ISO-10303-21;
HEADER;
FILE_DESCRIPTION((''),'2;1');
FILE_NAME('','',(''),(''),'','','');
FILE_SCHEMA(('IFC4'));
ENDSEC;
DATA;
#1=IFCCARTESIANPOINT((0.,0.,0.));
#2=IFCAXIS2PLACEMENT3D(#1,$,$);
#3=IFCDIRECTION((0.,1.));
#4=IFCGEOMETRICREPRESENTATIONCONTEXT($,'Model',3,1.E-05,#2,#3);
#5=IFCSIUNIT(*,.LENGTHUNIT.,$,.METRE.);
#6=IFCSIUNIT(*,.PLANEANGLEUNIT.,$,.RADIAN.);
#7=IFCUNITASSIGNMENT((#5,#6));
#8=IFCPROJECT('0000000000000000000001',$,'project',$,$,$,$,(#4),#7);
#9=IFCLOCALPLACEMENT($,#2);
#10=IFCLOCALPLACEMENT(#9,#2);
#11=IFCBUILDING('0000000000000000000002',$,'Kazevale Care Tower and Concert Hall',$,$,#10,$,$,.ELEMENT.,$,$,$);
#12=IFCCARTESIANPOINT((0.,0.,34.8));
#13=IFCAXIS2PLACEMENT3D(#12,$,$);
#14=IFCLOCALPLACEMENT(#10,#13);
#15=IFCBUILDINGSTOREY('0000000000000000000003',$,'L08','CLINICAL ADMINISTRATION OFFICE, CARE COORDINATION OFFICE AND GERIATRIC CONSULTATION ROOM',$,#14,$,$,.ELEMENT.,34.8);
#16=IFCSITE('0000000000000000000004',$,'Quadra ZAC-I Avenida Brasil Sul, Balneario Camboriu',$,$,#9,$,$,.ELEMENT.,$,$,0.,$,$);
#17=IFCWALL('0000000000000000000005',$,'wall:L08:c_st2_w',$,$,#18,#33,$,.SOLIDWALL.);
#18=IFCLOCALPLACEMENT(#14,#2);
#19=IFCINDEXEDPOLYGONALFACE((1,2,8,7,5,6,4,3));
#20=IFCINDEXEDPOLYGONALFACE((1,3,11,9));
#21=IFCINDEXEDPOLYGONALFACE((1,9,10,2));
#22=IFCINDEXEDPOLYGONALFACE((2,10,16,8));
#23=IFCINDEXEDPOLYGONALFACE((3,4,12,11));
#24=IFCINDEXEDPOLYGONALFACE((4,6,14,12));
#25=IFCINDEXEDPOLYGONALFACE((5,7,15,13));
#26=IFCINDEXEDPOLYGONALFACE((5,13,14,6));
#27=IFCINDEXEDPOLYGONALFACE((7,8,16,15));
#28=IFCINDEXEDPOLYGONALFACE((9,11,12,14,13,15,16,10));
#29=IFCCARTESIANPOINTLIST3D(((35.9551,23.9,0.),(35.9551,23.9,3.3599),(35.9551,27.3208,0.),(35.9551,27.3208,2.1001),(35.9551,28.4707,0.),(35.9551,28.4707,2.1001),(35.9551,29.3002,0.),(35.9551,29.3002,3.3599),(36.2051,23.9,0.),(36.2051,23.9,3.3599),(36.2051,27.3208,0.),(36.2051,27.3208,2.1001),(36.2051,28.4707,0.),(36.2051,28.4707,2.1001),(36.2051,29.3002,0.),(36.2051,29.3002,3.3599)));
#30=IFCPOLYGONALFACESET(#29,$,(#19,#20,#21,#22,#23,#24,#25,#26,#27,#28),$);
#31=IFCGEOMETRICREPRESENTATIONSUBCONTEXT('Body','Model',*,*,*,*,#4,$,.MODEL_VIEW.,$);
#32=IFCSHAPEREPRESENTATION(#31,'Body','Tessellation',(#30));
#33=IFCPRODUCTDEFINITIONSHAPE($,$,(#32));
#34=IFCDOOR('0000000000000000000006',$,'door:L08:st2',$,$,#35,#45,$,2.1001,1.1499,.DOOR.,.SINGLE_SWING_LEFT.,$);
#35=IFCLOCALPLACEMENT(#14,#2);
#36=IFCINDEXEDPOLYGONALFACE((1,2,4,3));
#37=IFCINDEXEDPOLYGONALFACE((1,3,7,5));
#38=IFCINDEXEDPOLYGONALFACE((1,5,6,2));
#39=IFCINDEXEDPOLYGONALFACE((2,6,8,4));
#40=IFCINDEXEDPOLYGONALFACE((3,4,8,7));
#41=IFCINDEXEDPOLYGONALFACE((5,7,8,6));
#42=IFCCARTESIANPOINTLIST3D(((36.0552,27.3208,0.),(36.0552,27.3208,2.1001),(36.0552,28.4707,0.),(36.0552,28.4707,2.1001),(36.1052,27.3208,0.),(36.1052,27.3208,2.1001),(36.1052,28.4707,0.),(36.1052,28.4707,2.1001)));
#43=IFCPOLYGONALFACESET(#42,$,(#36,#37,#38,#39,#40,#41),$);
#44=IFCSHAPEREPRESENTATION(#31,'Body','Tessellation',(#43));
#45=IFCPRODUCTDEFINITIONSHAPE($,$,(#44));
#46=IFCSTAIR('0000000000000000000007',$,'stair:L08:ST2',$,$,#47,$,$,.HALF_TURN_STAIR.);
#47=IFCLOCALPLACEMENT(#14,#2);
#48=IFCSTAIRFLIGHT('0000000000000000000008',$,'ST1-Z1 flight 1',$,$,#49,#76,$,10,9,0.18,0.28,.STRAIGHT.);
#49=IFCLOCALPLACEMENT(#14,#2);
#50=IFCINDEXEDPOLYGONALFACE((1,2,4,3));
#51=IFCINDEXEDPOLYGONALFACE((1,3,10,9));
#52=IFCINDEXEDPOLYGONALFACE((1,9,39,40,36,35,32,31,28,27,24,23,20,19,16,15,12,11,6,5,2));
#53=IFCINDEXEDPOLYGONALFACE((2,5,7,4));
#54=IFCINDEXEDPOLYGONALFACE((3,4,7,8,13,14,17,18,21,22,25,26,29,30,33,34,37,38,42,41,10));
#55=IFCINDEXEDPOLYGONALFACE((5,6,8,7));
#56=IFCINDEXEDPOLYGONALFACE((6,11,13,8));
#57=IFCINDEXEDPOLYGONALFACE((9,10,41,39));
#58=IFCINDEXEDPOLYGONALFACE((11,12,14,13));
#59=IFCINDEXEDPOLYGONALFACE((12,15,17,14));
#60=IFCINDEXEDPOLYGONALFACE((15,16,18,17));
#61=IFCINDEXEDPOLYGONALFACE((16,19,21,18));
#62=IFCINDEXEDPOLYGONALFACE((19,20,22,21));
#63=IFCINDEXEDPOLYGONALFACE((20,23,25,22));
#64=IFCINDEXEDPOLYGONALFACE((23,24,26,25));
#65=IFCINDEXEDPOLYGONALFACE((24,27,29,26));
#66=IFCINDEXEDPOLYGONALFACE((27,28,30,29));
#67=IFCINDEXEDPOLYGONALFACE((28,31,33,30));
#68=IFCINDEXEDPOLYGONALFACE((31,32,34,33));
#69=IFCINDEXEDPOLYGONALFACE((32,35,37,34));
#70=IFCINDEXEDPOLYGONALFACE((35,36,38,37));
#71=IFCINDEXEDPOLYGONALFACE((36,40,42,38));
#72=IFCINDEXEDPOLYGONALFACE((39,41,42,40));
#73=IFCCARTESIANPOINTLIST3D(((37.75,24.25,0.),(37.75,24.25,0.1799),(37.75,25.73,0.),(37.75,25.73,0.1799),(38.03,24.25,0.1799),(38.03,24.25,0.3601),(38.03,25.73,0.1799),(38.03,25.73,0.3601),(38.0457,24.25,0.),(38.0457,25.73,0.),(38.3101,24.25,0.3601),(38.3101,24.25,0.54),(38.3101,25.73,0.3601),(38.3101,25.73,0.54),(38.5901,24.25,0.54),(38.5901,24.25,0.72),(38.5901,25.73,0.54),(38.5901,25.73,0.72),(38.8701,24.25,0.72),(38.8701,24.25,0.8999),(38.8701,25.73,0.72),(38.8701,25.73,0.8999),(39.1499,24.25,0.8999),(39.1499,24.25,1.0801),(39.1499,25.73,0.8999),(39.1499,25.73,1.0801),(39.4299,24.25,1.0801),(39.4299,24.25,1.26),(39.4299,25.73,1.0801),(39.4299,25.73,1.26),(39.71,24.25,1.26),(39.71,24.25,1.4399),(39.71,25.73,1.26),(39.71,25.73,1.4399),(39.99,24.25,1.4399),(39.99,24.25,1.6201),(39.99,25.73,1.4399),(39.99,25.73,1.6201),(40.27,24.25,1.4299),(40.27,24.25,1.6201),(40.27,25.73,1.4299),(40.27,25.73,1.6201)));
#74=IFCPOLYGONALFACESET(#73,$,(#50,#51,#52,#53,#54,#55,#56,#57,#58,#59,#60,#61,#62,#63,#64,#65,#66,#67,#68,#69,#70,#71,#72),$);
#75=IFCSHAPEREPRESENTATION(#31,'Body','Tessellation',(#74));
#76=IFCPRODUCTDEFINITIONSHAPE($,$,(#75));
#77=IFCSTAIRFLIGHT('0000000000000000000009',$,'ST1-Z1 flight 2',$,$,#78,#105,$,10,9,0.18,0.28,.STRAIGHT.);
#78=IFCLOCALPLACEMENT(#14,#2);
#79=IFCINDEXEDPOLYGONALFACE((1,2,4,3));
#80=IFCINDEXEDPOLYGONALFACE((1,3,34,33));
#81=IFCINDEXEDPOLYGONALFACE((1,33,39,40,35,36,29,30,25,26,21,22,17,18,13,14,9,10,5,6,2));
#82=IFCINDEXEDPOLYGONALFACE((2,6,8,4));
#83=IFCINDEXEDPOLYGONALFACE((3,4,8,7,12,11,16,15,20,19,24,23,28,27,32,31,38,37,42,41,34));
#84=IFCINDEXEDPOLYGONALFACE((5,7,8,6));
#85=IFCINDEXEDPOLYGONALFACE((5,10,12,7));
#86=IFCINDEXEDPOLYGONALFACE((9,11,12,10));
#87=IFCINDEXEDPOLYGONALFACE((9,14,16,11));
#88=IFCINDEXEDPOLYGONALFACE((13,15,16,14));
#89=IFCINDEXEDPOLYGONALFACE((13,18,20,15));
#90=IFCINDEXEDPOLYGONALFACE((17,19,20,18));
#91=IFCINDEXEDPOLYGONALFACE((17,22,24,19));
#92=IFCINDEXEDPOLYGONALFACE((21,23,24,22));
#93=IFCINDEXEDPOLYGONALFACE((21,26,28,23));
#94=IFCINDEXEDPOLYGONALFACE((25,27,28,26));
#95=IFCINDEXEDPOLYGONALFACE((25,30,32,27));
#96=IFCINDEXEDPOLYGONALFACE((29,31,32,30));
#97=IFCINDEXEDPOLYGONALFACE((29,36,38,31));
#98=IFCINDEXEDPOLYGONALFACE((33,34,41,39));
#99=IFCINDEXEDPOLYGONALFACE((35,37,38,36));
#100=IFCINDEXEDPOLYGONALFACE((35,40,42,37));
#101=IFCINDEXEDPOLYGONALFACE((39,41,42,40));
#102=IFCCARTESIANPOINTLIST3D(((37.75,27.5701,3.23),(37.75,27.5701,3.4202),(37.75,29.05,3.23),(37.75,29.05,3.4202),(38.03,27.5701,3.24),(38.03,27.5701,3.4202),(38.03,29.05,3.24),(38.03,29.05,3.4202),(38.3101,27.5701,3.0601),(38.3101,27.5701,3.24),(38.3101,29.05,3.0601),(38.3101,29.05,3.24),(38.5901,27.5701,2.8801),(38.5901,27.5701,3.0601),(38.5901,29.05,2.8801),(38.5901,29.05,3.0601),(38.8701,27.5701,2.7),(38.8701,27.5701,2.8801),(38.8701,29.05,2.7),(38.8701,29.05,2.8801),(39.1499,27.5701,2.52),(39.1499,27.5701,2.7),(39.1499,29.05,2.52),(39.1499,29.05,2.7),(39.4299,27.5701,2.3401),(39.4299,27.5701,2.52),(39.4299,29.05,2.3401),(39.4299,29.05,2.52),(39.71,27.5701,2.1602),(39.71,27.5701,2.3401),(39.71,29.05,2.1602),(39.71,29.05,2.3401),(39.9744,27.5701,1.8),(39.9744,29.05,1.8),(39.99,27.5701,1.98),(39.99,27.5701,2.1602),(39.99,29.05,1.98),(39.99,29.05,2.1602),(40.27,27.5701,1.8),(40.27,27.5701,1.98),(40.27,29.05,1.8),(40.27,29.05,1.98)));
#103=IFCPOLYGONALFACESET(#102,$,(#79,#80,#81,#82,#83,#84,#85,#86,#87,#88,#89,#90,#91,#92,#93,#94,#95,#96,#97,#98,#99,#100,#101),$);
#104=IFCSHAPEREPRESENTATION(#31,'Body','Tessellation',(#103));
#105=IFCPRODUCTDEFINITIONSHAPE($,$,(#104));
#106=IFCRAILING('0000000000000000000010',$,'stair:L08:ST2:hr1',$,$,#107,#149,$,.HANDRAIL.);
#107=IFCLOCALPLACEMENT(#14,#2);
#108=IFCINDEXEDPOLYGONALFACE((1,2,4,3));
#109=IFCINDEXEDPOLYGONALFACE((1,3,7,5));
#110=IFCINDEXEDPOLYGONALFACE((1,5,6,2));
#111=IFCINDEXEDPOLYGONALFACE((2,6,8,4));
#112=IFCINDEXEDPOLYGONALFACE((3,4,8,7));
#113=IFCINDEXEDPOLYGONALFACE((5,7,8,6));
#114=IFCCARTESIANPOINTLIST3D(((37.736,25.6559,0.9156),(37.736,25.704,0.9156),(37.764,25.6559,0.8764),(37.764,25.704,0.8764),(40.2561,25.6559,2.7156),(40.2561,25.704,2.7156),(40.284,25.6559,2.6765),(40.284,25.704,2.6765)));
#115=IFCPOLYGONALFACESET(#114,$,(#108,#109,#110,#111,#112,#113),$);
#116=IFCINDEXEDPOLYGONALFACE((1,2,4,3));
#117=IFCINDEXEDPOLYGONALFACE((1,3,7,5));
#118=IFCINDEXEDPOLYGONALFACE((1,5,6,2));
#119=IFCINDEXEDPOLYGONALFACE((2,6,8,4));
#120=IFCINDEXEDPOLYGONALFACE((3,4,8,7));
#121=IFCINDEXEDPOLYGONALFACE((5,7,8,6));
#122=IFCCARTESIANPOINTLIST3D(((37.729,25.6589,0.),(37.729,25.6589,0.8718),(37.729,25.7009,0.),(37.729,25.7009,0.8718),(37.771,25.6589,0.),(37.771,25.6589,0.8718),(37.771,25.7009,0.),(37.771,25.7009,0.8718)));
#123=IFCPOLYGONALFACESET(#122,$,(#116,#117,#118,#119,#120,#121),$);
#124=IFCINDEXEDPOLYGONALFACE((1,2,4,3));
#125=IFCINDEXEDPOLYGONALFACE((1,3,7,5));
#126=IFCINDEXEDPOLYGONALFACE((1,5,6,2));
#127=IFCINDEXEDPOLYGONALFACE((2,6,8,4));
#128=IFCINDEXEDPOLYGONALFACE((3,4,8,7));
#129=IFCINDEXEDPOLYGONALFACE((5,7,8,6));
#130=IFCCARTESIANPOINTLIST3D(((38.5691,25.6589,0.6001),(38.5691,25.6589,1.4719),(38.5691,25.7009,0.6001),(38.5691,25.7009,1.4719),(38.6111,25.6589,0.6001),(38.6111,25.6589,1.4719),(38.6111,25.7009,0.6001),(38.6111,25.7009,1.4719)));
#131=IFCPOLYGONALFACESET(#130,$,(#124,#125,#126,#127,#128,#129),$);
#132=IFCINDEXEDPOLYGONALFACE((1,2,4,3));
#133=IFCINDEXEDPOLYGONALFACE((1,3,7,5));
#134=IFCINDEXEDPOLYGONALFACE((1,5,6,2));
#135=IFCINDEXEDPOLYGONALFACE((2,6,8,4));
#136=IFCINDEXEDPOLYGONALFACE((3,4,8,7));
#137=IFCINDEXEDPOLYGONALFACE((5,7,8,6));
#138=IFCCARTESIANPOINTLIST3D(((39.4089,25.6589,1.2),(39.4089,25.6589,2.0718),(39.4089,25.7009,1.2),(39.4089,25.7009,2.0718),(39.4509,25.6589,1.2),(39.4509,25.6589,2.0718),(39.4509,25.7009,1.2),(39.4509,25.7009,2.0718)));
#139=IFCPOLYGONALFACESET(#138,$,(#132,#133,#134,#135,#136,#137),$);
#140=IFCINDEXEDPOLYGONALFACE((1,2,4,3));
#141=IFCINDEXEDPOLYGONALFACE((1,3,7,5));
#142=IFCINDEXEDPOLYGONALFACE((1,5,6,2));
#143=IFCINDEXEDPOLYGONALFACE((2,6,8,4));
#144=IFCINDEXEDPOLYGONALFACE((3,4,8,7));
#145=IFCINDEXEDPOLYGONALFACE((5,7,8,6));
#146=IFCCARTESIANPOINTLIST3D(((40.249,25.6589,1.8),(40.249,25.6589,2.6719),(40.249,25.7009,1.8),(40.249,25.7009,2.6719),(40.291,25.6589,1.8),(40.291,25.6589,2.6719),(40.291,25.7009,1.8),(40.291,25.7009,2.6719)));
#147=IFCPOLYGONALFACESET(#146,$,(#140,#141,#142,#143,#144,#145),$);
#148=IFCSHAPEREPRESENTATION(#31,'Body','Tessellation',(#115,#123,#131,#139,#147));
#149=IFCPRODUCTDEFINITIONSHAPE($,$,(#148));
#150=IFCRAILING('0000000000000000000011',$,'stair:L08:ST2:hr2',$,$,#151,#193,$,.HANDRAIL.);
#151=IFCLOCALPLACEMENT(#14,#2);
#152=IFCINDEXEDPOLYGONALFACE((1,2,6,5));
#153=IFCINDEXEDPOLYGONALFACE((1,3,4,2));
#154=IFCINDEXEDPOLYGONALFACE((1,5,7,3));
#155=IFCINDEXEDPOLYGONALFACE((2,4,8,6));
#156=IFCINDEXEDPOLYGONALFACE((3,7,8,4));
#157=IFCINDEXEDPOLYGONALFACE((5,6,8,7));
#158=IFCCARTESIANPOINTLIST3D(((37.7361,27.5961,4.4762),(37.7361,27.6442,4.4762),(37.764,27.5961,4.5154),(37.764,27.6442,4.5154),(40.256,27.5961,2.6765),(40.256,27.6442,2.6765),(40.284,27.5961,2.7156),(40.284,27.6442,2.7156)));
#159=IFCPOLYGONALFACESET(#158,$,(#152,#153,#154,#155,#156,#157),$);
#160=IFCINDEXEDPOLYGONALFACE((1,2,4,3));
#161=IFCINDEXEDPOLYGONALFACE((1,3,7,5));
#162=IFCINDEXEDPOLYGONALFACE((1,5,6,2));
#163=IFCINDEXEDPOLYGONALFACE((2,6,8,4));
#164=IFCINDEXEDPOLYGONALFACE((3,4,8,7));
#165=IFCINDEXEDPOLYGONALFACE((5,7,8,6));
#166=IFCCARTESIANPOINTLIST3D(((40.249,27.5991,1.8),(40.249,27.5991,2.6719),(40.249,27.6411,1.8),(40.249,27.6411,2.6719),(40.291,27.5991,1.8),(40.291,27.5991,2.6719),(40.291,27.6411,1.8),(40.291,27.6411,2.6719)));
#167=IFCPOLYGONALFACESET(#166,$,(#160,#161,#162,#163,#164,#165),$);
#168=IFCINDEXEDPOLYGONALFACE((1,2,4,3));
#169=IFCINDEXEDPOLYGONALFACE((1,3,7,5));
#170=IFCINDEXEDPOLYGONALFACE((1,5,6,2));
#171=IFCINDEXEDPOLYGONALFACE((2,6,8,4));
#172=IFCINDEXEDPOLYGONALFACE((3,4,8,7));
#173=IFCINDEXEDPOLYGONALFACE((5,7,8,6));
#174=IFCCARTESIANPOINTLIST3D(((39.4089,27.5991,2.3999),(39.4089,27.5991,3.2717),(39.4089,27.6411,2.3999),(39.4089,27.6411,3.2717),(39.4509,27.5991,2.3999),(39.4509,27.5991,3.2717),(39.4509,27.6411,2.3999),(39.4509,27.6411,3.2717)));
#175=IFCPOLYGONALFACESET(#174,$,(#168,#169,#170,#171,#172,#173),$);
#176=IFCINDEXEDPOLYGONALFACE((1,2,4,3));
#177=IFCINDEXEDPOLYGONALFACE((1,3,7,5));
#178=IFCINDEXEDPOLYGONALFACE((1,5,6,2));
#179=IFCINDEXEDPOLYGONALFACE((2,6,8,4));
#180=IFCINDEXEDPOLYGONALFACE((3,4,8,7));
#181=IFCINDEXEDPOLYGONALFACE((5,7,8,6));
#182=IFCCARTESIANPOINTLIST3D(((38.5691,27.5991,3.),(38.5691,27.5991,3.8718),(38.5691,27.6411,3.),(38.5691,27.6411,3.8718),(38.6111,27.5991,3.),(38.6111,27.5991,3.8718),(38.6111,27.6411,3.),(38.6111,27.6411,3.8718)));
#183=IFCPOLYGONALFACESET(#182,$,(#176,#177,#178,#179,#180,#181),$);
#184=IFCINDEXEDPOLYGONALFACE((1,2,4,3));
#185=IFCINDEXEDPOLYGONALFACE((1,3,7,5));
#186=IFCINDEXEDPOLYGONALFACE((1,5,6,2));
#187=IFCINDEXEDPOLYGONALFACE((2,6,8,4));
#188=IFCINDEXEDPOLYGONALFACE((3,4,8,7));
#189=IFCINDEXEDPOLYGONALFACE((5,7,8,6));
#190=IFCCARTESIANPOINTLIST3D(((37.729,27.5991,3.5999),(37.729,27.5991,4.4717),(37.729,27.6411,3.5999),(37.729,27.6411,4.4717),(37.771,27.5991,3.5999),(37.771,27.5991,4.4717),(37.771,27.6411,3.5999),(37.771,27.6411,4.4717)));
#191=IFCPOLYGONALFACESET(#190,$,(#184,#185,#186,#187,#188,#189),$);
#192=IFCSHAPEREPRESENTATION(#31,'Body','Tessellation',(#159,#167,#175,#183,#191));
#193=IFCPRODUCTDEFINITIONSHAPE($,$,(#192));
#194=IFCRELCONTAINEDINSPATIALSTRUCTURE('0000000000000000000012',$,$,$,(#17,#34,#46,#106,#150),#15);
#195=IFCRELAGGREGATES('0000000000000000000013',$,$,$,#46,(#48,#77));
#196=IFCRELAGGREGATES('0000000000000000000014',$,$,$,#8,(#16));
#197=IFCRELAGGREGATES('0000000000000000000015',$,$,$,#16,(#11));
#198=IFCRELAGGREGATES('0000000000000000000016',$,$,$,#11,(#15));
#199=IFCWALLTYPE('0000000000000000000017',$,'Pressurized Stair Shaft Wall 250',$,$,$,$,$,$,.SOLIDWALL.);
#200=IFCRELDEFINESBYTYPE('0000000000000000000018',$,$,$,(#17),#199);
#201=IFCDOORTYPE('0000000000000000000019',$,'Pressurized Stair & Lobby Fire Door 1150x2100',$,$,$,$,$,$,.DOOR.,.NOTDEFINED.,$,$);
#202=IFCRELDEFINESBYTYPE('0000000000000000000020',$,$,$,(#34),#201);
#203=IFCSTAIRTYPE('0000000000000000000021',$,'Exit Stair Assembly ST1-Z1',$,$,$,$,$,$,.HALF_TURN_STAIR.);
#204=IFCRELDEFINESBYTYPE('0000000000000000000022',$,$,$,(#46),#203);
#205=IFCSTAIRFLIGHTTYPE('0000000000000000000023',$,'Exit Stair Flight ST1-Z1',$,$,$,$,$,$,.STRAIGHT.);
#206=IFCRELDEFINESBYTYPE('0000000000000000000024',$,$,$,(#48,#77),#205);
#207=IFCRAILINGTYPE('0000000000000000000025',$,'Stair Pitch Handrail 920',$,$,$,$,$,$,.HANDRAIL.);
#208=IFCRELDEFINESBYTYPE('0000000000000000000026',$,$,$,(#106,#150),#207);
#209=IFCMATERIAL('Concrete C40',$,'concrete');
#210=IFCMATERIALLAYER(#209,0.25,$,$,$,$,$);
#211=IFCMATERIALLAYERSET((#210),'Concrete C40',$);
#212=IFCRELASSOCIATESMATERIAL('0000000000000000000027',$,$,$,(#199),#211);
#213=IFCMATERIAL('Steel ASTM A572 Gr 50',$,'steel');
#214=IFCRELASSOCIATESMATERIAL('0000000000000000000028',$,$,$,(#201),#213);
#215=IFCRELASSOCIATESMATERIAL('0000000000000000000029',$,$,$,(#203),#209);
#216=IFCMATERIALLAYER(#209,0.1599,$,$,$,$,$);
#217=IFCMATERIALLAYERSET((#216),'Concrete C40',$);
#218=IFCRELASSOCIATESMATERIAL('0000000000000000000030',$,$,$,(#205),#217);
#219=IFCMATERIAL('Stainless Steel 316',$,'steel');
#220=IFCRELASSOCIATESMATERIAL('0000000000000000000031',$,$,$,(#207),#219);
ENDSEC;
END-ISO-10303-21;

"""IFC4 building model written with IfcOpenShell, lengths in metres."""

from ifc_helpers import new_model, si_unit, direction, frame, frame_2d, origin, origin_2d, place, context, subcontext, project, spatial, polyline, rectangle, outline, extrude, material, layer, layer_set, type_object, element, fill, aggregate, save


model = new_model("IFC4")

# Units and contexts
model_context = context("Model", 3, precision=1e-05, world=origin(), true_north=direction((0.0, 1.0)))
body_context = subcontext(model_context, "Body", "Model", "MODEL_VIEW")
ifc_project = project(units=[si_unit("LENGTHUNIT", "METRE"), si_unit("PLANEANGLEUNIT", "RADIAN")], contexts=[model_context])

# Site, building, storey
site_placement = place(None, origin())
site = spatial("IfcSite", under=ifc_project, at=site_placement, Name="Quadra ZAC-I Avenida Brasil Sul, Balneario Camboriu", CompositionType="ELEMENT", RefElevation=0.0)
building_placement = place(site_placement, origin())
building = spatial("IfcBuilding", under=site, at=building_placement, Name="Kazevale Care Tower and Concert Hall", CompositionType="ELEMENT")
storey_placement = place(building_placement, frame((0.0, 0.0, 34.8)))
storey = spatial("IfcBuildingStorey", under=building, at=storey_placement, Name="L08", Description="CLINICAL ADMINISTRATION OFFICE, CARE COORDINATION OFFICE AND GERIATRIC CONSULTATION ROOM", CompositionType="ELEMENT", Elevation=34.8)

# Shared definitions
ifc_material_1 = material(Name="Steel ASTM A572 Gr 50", Category="steel")

# Wall, opening, door
ifc_material_2 = material(Name="Concrete C40", Category="concrete")
ifc_layer_1 = layer(ifc_material_2, 0.25)
ifc_layer_set_1 = layer_set([ifc_layer_1], Name="Concrete C40")
wall_type_1 = type_object("IfcWallType", Name="Pressurized Stair Shaft Wall 250", PredefinedType="SOLIDWALL", material=ifc_layer_set_1)
wall_1_placement = place(storey_placement, frame((36.0801, 23.8999, 0.0), z_axis=(0.0, 0.0, 1.0), x_axis=(0.0, 1.0, 0.0)))
wall_1 = element("IfcWall", 1, at=wall_1_placement, inside=storey, type_object=wall_type_1, Name="wall:L08:c_st2_w", PredefinedType="SOLIDWALL", context=body_context, shape_type="SweptSolid", body=[
    extrude(rectangle(XDim=5.4001, YDim=0.25, at=frame_2d((2.7002, 0.0))), origin(), (0.0, 0.0, 1.0), 3.3599),
])
opening_1_placement = place(wall_1_placement, frame((3.4209, 0.0, 0.0)))
opening_1 = element("IfcOpeningElement", 2, at=opening_1_placement, cuts=wall_1, PredefinedType="OPENING", context=body_context, shape_type="SweptSolid", body=[
    extrude(rectangle(XDim=1.1499, YDim=2.1001, at=frame_2d((0.575, 1.05))), frame((0.0, 0.135, 0.0), z_axis=(0.0, -1.0, 0.0), x_axis=(1.0, 0.0, 0.0)), (0.0, 0.0, 1.0), 0.27),
])
door_type_1 = type_object("IfcDoorType", Name="Pressurized Stair & Lobby Fire Door 1150x2100", OperationType="NOTDEFINED", PredefinedType="DOOR", material=ifc_material_1)
door_1_placement = place(opening_1_placement, origin())
door_1 = element("IfcDoor", 3, at=door_1_placement, inside=storey, type_object=door_type_1, Name="door:L08:st2", OperationType="SINGLE_SWING_LEFT", OverallHeight=2.1001, OverallWidth=1.1499, PredefinedType="DOOR", context=body_context, shape_type="SweptSolid", body=[
    extrude(rectangle(XDim=1.1499, YDim=2.1001, at=frame_2d((0.575, 1.05))), frame((0.0, 0.0249, 0.0), z_axis=(0.0, -1.0, 0.0), x_axis=(1.0, 0.0, 0.0)), (0.0, 0.0, 1.0), 0.05),
])
fill(opening_1, door_1)

# Stair, stair flights
stair_type = type_object("IfcStairType", Name="Exit Stair Assembly ST1-Z1", PredefinedType="HALF_TURN_STAIR", material=ifc_material_2)
stair_placement = place(storey_placement, origin())
stair = element("IfcStair", 4, at=stair_placement, inside=storey, type_object=stair_type, Name="stair:L08:ST2", PredefinedType="HALF_TURN_STAIR")
ifc_layer_2 = layer(ifc_material_2, 0.1599)
ifc_layer_set_2 = layer_set([ifc_layer_2], Name="Concrete C40")
stair_flight_type = type_object("IfcStairFlightType", Name="Exit Stair Flight ST1-Z1", PredefinedType="STRAIGHT", material=ifc_layer_set_2)
stair_flight_1_placement = place(storey_placement, frame((37.75, 24.99, 0.0), z_axis=(0.0, 0.0, 1.0), x_axis=(1.0, 0.0, 0.0)))
stair_flight_1 = element("IfcStairFlight", 5, at=stair_flight_1_placement, type_object=stair_flight_type, Name="ST1-Z1 flight 1", NumberOfRisers=10, NumberOfTreads=9, PredefinedType="STRAIGHT", RiserHeight=0.18, TreadLength=0.28, context=body_context, shape_type="SweptSolid", body=[
    extrude(outline(polyline([(0.0, 0.0), (0.0, 0.1799), (0.28, 0.1799), (0.28, 0.3601), (0.5601, 0.3601), (0.5601, 0.54), (0.8401, 0.54), (0.8401, 0.72), (1.1201, 0.72), (1.1201, 0.8999), (1.3999, 0.8999), (1.3999, 1.0801), (1.6799, 1.0801), (1.6799, 1.26), (1.96, 1.26), (1.96, 1.4399), (2.24, 1.4399), (2.24, 1.6201), (2.52, 1.6201), (2.52, 1.8), (2.52, 1.4299), (0.2957, 0.0), (0.0, 0.0)])), frame((0.0, 0.74, 0.0), z_axis=(0.0, -1.0, 0.0), x_axis=(1.0, 0.0, 0.0)), (0.0, 0.0, 1.0), 1.48),
])
stair_flight_2_placement = place(storey_placement, frame((40.27, 28.3101, 1.8), z_axis=(0.0, 0.0, 1.0), x_axis=(-1.0, 0.0, 0.0)))
stair_flight_2 = element("IfcStairFlight", 6, at=stair_flight_2_placement, type_object=stair_flight_type, Name="ST1-Z1 flight 2", NumberOfRisers=10, NumberOfTreads=9, PredefinedType="STRAIGHT", RiserHeight=0.18, TreadLength=0.28, context=body_context, shape_type="SweptSolid", body=[
    extrude(outline(polyline([(0.0, 0.0), (0.0, 0.1799), (0.28, 0.1799), (0.28, 0.3601), (0.5601, 0.3601), (0.5601, 0.54), (0.8401, 0.54), (0.8401, 0.72), (1.1201, 0.72), (1.1201, 0.8999), (1.3999, 0.8999), (1.3999, 1.0801), (1.6799, 1.0801), (1.6799, 1.26), (1.96, 1.26), (1.96, 1.4399), (2.24, 1.4399), (2.24, 1.6201), (2.52, 1.6201), (2.52, 1.8), (2.52, 1.4299), (0.2957, 0.0), (0.0, 0.0)])), frame((0.0, 0.74, 0.0), z_axis=(0.0, -1.0, 0.0), x_axis=(1.0, 0.0, 0.0)), (0.0, 0.0, 1.0), 1.48),
])
aggregate(stair, [stair_flight_1, stair_flight_2])

# Railings
ifc_material_3 = material(Name="Stainless Steel 316", Category="steel")
railing_type_1 = type_object("IfcRailingType", Name="Stair Pitch Handrail 920", PredefinedType="HANDRAIL", material=ifc_material_3)
railing_1_placement = place(storey_placement, frame((37.75, 25.6799, 0.0)))
element("IfcRailing", 7, at=railing_1_placement, inside=storey, type_object=railing_type_1, Name="stair:L08:ST2:hr1", PredefinedType="HANDRAIL", context=body_context, shape_type="SweptSolid", body=[
    extrude(rectangle(XDim=0.0481, YDim=0.0481, at=origin_2d()), frame((0.0, 0.0, 0.896), z_axis=(0.813728, 0.0, 0.581246), x_axis=(0.0, 1.0, 0.0)), (0.0, 0.0, 1.0), 3.0969),
    extrude(rectangle(XDim=0.042, YDim=0.042, at=origin_2d()), origin(), (0.0, 0.0, 1.0), 0.8718),
    extrude(rectangle(XDim=0.042, YDim=0.042, at=origin_2d()), frame((0.8401, 0.0, 0.6001)), (0.0, 0.0, 1.0), 0.8718),
    extrude(rectangle(XDim=0.042, YDim=0.042, at=origin_2d()), frame((1.6799, 0.0, 1.2)), (0.0, 0.0, 1.0), 0.8718),
    extrude(rectangle(XDim=0.042, YDim=0.042, at=origin_2d()), frame((2.52, 0.0, 1.8)), (0.0, 0.0, 1.0), 0.8718),
])
railing_2_placement = place(storey_placement, frame((40.27, 27.6201, 1.8)))
element("IfcRailing", 8, at=railing_2_placement, inside=storey, type_object=railing_type_1, Name="stair:L08:ST2:hr2", PredefinedType="HANDRAIL", context=body_context, shape_type="SweptSolid", body=[
    extrude(rectangle(XDim=0.0481, YDim=0.0481, at=origin_2d()), frame((0.0, 0.0, 0.896), z_axis=(-0.813765, 0.0, 0.581193), x_axis=(0.0, -1.0, 0.0)), (0.0, 0.0, 1.0), 3.0967),
    extrude(rectangle(XDim=0.042, YDim=0.042, at=origin_2d()), origin(), (0.0, 0.0, 1.0), 0.8718),
    extrude(rectangle(XDim=0.042, YDim=0.042, at=origin_2d()), frame((-0.8401, 0.0, 0.5999)), (0.0, 0.0, 1.0), 0.8718),
    extrude(rectangle(XDim=0.042, YDim=0.042, at=origin_2d()), frame((-1.6799, 0.0, 1.2)), (0.0, 0.0, 1.0), 0.8718),
    extrude(rectangle(XDim=0.042, YDim=0.042, at=origin_2d()), frame((-2.52, 0.0, 1.7998)), (0.0, 0.0, 1.0), 0.8718),
])

save(model, "model.ifc")
